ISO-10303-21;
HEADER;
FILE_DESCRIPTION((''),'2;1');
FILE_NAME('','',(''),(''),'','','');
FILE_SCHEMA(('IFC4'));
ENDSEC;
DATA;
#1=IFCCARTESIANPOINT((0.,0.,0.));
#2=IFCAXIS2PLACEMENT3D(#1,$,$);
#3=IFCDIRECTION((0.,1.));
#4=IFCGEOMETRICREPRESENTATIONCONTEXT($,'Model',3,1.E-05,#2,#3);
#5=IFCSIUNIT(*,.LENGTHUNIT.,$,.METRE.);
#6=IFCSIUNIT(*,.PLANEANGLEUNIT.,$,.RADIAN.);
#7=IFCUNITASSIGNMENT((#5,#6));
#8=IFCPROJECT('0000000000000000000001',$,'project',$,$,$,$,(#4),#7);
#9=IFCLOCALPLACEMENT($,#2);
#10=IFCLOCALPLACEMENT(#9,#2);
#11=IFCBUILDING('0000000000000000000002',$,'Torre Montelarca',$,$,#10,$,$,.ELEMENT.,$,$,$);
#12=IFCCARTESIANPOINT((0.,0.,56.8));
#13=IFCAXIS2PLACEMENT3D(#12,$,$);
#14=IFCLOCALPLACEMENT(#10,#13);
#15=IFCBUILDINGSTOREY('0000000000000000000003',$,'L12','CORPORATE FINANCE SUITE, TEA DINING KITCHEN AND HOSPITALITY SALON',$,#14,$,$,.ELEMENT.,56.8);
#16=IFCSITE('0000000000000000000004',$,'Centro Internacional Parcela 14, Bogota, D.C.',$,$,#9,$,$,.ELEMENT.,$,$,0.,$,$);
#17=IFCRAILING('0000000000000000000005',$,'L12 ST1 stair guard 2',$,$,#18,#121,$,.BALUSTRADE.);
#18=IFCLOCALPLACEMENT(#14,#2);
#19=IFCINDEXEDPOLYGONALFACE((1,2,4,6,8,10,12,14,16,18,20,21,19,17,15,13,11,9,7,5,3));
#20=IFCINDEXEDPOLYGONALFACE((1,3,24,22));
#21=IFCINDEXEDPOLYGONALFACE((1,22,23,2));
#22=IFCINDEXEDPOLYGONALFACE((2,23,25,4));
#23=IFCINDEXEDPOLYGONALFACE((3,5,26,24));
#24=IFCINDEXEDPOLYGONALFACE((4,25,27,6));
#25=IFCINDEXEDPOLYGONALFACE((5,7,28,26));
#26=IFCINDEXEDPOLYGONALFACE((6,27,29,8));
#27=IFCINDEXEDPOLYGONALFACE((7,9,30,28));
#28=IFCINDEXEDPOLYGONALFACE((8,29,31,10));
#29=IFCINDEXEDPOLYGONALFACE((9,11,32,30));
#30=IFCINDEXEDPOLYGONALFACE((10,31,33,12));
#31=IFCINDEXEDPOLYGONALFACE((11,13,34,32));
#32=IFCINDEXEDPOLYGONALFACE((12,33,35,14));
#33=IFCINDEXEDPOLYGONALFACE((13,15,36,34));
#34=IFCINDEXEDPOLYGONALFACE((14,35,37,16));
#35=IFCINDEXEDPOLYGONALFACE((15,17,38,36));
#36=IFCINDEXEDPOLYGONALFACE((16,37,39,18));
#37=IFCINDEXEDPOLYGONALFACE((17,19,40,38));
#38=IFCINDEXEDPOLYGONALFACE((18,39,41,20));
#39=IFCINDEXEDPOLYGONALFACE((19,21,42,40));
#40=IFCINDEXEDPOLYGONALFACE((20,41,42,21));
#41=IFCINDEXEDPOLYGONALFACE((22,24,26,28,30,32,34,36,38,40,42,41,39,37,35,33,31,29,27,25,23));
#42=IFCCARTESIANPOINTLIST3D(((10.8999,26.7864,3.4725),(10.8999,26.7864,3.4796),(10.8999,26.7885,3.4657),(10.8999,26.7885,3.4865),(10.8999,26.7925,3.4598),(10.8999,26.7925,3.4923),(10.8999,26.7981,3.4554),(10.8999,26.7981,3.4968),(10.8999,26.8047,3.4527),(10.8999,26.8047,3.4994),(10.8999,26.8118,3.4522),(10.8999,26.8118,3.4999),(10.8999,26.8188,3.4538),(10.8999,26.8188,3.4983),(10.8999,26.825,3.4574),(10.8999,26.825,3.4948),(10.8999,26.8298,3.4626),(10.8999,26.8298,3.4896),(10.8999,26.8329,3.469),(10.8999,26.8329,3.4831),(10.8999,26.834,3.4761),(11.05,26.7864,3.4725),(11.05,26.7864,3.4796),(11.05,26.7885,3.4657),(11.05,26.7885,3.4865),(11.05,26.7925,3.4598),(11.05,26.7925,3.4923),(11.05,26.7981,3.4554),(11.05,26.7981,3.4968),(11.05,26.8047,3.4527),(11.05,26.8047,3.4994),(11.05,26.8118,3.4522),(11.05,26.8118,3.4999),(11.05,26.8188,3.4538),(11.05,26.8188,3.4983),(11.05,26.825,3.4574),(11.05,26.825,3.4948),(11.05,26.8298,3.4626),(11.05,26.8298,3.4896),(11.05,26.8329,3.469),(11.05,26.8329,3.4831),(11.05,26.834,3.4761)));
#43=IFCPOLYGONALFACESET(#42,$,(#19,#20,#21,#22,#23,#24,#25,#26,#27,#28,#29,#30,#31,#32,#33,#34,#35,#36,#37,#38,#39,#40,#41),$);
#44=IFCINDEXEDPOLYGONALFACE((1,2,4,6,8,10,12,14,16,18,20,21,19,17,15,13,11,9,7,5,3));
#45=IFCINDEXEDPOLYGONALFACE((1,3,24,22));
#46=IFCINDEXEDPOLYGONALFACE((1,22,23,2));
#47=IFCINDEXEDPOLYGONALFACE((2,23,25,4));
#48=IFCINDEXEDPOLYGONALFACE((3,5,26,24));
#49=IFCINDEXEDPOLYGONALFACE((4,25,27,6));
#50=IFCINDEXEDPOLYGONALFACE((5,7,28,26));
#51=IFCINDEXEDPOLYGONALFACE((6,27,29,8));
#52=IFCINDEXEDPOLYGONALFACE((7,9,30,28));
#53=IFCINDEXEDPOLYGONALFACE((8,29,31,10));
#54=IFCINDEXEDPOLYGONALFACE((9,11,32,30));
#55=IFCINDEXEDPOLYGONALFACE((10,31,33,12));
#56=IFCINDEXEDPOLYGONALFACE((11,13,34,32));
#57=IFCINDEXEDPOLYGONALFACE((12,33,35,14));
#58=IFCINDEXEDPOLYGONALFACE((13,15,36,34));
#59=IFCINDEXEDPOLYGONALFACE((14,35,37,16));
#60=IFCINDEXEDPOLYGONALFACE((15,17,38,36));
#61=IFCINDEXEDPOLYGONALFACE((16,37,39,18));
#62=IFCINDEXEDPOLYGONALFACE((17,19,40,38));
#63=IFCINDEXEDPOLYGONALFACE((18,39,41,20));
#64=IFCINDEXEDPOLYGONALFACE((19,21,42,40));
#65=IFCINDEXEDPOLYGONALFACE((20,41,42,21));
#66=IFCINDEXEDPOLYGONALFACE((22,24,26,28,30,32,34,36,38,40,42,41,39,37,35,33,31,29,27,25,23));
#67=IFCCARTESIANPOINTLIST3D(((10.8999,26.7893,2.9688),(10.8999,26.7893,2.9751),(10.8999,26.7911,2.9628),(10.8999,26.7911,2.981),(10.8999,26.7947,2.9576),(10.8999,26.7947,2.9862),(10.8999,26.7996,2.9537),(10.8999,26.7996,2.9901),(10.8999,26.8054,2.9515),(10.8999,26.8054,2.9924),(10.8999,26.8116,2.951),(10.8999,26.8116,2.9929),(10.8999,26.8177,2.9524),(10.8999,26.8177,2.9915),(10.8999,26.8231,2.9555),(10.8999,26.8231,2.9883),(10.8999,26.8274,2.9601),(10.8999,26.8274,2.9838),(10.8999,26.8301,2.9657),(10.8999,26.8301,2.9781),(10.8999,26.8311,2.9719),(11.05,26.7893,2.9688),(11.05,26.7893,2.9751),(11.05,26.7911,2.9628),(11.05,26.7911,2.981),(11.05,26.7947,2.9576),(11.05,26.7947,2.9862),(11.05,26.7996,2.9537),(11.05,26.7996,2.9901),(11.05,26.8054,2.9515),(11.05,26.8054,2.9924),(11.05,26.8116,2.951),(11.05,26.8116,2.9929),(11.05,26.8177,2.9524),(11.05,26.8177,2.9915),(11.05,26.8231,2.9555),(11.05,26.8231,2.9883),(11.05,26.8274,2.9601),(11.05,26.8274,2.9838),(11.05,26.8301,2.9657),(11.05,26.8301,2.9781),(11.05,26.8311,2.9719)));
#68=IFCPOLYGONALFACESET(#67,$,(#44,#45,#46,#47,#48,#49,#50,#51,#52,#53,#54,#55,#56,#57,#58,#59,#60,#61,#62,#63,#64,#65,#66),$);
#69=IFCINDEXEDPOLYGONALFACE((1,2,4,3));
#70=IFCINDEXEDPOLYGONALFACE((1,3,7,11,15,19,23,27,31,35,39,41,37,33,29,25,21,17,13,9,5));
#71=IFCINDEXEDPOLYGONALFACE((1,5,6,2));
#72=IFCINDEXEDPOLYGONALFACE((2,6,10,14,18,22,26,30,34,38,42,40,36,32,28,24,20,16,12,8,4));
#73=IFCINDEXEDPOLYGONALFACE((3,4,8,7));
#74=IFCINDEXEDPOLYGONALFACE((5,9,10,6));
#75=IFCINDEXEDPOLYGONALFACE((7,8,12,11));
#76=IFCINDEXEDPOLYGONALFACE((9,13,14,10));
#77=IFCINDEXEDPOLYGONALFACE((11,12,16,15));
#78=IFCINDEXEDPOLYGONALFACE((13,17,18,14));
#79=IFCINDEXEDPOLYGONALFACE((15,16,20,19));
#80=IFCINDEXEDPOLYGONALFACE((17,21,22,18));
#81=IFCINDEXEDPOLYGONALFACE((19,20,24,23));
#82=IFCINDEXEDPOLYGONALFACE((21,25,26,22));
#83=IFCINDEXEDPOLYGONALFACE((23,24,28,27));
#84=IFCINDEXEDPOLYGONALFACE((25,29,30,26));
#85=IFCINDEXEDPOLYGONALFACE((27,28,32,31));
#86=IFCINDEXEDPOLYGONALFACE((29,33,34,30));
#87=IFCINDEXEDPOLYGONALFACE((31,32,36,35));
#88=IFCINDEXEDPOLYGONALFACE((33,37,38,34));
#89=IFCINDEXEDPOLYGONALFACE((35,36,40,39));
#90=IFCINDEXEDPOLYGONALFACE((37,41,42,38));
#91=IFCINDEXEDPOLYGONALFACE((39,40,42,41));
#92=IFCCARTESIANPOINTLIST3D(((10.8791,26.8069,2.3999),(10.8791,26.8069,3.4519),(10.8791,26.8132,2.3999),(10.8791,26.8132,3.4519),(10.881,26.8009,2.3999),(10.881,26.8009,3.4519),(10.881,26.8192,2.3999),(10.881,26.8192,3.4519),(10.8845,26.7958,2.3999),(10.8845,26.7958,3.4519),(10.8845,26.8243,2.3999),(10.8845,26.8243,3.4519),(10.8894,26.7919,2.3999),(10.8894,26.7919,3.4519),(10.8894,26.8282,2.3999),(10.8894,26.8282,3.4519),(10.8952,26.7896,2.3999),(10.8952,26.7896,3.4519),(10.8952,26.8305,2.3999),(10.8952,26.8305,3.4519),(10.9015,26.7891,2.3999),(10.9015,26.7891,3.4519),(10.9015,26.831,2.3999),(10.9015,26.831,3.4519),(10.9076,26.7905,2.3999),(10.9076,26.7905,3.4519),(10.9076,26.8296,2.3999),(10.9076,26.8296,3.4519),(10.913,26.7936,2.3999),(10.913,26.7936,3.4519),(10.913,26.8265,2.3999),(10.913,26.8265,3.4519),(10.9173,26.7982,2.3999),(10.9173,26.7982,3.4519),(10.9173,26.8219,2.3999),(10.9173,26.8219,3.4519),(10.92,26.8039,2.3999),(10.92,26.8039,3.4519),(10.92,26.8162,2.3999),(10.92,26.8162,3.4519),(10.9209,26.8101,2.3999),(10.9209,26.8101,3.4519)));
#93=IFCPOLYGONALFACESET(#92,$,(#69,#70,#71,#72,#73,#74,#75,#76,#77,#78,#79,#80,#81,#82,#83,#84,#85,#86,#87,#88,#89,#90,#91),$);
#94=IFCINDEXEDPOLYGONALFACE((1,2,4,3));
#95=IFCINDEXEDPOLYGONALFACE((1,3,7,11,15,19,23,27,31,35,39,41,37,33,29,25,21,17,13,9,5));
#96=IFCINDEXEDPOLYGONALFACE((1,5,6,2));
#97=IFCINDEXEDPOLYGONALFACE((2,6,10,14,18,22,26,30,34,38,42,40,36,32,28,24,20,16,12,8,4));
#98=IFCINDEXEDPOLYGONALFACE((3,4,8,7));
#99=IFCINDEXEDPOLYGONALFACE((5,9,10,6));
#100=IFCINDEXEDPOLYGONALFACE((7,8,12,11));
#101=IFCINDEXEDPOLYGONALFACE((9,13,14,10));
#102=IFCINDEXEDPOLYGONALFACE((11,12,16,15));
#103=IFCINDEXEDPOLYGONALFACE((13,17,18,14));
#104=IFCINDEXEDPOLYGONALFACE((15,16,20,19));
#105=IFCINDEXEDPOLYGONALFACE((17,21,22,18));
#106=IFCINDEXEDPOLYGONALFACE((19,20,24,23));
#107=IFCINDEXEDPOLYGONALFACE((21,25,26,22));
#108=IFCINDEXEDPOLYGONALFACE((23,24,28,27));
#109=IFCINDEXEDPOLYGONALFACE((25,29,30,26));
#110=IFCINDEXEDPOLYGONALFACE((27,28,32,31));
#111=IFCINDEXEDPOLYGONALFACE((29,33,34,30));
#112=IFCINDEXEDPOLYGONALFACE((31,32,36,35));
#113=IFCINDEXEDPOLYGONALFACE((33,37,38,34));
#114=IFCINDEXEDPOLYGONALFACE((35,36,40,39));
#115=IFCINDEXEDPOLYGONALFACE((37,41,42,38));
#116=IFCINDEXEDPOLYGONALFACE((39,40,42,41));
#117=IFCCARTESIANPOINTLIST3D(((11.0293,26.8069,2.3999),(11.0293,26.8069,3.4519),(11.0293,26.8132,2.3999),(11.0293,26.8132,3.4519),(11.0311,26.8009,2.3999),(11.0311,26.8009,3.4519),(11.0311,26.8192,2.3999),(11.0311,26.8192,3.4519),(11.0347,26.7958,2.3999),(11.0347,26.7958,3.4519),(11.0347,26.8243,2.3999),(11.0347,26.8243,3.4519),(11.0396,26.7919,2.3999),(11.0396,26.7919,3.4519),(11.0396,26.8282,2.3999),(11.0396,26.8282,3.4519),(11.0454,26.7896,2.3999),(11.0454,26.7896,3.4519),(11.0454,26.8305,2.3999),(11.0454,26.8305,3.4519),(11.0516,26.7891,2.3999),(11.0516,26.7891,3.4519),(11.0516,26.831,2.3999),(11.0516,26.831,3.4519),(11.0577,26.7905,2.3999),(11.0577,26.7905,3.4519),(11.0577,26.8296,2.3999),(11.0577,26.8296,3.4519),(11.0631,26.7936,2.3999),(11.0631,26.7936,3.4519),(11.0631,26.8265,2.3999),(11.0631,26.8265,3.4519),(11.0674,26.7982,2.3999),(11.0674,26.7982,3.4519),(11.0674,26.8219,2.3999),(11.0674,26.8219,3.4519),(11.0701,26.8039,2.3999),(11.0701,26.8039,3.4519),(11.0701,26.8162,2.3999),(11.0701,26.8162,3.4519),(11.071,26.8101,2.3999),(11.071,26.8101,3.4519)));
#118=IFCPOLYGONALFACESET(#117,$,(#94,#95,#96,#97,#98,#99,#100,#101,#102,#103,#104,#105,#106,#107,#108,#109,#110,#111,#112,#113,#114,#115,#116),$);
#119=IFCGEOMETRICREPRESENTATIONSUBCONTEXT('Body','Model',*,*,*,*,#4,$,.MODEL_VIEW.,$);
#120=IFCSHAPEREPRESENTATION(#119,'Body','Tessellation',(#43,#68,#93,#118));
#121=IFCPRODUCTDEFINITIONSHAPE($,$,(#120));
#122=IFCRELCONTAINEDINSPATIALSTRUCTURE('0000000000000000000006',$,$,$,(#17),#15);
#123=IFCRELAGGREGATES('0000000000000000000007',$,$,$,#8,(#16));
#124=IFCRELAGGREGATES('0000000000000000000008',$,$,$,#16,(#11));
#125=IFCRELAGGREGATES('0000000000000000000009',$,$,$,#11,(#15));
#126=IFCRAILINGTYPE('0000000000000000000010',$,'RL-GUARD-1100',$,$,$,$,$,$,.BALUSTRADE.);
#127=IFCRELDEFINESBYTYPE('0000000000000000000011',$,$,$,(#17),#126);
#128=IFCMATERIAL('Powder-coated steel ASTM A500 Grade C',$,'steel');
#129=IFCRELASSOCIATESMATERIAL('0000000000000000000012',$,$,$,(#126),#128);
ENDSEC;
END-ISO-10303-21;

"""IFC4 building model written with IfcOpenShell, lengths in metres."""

from ifc_helpers import new_model, si_unit, direction, frame, origin, origin_2d, place, context, subcontext, project, spatial, circle, extrude, material, type_object, element, save


model = new_model("IFC4")

# Units and contexts
model_context = context("Model", 3, precision=1e-05, world=origin(), true_north=direction((0.0, 1.0)))
body_context = subcontext(model_context, "Body", "Model", "MODEL_VIEW")
ifc_project = project(units=[si_unit("LENGTHUNIT", "METRE"), si_unit("PLANEANGLEUNIT", "RADIAN")], contexts=[model_context])

# Site, building, storey
site_placement = place(None, origin())
site = spatial("IfcSite", under=ifc_project, at=site_placement, Name="Centro Internacional Parcela 14, Bogota, D.C.", CompositionType="ELEMENT", RefElevation=0.0)
building_placement = place(site_placement, origin())
building = spatial("IfcBuilding", under=site, at=building_placement, Name="Torre Montelarca", CompositionType="ELEMENT")
storey_placement = place(building_placement, frame((0.0, 0.0, 56.8)))
storey = spatial("IfcBuildingStorey", under=building, at=storey_placement, Name="L12", Description="CORPORATE FINANCE SUITE, TEA DINING KITCHEN AND HOSPITALITY SALON", CompositionType="ELEMENT", Elevation=56.8)

# Railing
ifc_material_1 = material(Name="Powder-coated steel ASTM A500 Grade C", Category="steel")
railing_type_1 = type_object("IfcRailingType", Name="RL-GUARD-1100", PredefinedType="BALUSTRADE", material=ifc_material_1)
railing_1_placement = place(storey_placement, frame((10.8999, 26.8101, 2.3999)))
element("IfcRailing", 1, at=railing_1_placement, inside=storey, type_object=railing_type_1, Name="L12 ST1 stair guard 2", PredefinedType="BALUSTRADE", context=body_context, shape_type="SweptSolid", body=[
    extrude(circle(Radius=0.0239, at=origin_2d()), frame((0.0, 0.0, 1.0762), z_axis=(1.0, 0.0, 0.0), x_axis=(0.0, 1.0, 0.0)), (0.0, 0.0, 1.0), 0.1501),
    extrude(circle(Radius=0.021, at=origin_2d()), frame((0.0, 0.0, 0.572), z_axis=(1.0, 0.0, 0.0), x_axis=(0.0, 1.0, 0.0)), (0.0, 0.0, 1.0), 0.1501),
    extrude(circle(Radius=0.021, at=origin_2d()), origin(), (0.0, 0.0, 1.0), 1.052),
    extrude(circle(Radius=0.021, at=origin_2d()), frame((0.1501, 0.0, 0.0)), (0.0, 0.0, 1.0), 1.052),
])

save(model, "model.ifc")
